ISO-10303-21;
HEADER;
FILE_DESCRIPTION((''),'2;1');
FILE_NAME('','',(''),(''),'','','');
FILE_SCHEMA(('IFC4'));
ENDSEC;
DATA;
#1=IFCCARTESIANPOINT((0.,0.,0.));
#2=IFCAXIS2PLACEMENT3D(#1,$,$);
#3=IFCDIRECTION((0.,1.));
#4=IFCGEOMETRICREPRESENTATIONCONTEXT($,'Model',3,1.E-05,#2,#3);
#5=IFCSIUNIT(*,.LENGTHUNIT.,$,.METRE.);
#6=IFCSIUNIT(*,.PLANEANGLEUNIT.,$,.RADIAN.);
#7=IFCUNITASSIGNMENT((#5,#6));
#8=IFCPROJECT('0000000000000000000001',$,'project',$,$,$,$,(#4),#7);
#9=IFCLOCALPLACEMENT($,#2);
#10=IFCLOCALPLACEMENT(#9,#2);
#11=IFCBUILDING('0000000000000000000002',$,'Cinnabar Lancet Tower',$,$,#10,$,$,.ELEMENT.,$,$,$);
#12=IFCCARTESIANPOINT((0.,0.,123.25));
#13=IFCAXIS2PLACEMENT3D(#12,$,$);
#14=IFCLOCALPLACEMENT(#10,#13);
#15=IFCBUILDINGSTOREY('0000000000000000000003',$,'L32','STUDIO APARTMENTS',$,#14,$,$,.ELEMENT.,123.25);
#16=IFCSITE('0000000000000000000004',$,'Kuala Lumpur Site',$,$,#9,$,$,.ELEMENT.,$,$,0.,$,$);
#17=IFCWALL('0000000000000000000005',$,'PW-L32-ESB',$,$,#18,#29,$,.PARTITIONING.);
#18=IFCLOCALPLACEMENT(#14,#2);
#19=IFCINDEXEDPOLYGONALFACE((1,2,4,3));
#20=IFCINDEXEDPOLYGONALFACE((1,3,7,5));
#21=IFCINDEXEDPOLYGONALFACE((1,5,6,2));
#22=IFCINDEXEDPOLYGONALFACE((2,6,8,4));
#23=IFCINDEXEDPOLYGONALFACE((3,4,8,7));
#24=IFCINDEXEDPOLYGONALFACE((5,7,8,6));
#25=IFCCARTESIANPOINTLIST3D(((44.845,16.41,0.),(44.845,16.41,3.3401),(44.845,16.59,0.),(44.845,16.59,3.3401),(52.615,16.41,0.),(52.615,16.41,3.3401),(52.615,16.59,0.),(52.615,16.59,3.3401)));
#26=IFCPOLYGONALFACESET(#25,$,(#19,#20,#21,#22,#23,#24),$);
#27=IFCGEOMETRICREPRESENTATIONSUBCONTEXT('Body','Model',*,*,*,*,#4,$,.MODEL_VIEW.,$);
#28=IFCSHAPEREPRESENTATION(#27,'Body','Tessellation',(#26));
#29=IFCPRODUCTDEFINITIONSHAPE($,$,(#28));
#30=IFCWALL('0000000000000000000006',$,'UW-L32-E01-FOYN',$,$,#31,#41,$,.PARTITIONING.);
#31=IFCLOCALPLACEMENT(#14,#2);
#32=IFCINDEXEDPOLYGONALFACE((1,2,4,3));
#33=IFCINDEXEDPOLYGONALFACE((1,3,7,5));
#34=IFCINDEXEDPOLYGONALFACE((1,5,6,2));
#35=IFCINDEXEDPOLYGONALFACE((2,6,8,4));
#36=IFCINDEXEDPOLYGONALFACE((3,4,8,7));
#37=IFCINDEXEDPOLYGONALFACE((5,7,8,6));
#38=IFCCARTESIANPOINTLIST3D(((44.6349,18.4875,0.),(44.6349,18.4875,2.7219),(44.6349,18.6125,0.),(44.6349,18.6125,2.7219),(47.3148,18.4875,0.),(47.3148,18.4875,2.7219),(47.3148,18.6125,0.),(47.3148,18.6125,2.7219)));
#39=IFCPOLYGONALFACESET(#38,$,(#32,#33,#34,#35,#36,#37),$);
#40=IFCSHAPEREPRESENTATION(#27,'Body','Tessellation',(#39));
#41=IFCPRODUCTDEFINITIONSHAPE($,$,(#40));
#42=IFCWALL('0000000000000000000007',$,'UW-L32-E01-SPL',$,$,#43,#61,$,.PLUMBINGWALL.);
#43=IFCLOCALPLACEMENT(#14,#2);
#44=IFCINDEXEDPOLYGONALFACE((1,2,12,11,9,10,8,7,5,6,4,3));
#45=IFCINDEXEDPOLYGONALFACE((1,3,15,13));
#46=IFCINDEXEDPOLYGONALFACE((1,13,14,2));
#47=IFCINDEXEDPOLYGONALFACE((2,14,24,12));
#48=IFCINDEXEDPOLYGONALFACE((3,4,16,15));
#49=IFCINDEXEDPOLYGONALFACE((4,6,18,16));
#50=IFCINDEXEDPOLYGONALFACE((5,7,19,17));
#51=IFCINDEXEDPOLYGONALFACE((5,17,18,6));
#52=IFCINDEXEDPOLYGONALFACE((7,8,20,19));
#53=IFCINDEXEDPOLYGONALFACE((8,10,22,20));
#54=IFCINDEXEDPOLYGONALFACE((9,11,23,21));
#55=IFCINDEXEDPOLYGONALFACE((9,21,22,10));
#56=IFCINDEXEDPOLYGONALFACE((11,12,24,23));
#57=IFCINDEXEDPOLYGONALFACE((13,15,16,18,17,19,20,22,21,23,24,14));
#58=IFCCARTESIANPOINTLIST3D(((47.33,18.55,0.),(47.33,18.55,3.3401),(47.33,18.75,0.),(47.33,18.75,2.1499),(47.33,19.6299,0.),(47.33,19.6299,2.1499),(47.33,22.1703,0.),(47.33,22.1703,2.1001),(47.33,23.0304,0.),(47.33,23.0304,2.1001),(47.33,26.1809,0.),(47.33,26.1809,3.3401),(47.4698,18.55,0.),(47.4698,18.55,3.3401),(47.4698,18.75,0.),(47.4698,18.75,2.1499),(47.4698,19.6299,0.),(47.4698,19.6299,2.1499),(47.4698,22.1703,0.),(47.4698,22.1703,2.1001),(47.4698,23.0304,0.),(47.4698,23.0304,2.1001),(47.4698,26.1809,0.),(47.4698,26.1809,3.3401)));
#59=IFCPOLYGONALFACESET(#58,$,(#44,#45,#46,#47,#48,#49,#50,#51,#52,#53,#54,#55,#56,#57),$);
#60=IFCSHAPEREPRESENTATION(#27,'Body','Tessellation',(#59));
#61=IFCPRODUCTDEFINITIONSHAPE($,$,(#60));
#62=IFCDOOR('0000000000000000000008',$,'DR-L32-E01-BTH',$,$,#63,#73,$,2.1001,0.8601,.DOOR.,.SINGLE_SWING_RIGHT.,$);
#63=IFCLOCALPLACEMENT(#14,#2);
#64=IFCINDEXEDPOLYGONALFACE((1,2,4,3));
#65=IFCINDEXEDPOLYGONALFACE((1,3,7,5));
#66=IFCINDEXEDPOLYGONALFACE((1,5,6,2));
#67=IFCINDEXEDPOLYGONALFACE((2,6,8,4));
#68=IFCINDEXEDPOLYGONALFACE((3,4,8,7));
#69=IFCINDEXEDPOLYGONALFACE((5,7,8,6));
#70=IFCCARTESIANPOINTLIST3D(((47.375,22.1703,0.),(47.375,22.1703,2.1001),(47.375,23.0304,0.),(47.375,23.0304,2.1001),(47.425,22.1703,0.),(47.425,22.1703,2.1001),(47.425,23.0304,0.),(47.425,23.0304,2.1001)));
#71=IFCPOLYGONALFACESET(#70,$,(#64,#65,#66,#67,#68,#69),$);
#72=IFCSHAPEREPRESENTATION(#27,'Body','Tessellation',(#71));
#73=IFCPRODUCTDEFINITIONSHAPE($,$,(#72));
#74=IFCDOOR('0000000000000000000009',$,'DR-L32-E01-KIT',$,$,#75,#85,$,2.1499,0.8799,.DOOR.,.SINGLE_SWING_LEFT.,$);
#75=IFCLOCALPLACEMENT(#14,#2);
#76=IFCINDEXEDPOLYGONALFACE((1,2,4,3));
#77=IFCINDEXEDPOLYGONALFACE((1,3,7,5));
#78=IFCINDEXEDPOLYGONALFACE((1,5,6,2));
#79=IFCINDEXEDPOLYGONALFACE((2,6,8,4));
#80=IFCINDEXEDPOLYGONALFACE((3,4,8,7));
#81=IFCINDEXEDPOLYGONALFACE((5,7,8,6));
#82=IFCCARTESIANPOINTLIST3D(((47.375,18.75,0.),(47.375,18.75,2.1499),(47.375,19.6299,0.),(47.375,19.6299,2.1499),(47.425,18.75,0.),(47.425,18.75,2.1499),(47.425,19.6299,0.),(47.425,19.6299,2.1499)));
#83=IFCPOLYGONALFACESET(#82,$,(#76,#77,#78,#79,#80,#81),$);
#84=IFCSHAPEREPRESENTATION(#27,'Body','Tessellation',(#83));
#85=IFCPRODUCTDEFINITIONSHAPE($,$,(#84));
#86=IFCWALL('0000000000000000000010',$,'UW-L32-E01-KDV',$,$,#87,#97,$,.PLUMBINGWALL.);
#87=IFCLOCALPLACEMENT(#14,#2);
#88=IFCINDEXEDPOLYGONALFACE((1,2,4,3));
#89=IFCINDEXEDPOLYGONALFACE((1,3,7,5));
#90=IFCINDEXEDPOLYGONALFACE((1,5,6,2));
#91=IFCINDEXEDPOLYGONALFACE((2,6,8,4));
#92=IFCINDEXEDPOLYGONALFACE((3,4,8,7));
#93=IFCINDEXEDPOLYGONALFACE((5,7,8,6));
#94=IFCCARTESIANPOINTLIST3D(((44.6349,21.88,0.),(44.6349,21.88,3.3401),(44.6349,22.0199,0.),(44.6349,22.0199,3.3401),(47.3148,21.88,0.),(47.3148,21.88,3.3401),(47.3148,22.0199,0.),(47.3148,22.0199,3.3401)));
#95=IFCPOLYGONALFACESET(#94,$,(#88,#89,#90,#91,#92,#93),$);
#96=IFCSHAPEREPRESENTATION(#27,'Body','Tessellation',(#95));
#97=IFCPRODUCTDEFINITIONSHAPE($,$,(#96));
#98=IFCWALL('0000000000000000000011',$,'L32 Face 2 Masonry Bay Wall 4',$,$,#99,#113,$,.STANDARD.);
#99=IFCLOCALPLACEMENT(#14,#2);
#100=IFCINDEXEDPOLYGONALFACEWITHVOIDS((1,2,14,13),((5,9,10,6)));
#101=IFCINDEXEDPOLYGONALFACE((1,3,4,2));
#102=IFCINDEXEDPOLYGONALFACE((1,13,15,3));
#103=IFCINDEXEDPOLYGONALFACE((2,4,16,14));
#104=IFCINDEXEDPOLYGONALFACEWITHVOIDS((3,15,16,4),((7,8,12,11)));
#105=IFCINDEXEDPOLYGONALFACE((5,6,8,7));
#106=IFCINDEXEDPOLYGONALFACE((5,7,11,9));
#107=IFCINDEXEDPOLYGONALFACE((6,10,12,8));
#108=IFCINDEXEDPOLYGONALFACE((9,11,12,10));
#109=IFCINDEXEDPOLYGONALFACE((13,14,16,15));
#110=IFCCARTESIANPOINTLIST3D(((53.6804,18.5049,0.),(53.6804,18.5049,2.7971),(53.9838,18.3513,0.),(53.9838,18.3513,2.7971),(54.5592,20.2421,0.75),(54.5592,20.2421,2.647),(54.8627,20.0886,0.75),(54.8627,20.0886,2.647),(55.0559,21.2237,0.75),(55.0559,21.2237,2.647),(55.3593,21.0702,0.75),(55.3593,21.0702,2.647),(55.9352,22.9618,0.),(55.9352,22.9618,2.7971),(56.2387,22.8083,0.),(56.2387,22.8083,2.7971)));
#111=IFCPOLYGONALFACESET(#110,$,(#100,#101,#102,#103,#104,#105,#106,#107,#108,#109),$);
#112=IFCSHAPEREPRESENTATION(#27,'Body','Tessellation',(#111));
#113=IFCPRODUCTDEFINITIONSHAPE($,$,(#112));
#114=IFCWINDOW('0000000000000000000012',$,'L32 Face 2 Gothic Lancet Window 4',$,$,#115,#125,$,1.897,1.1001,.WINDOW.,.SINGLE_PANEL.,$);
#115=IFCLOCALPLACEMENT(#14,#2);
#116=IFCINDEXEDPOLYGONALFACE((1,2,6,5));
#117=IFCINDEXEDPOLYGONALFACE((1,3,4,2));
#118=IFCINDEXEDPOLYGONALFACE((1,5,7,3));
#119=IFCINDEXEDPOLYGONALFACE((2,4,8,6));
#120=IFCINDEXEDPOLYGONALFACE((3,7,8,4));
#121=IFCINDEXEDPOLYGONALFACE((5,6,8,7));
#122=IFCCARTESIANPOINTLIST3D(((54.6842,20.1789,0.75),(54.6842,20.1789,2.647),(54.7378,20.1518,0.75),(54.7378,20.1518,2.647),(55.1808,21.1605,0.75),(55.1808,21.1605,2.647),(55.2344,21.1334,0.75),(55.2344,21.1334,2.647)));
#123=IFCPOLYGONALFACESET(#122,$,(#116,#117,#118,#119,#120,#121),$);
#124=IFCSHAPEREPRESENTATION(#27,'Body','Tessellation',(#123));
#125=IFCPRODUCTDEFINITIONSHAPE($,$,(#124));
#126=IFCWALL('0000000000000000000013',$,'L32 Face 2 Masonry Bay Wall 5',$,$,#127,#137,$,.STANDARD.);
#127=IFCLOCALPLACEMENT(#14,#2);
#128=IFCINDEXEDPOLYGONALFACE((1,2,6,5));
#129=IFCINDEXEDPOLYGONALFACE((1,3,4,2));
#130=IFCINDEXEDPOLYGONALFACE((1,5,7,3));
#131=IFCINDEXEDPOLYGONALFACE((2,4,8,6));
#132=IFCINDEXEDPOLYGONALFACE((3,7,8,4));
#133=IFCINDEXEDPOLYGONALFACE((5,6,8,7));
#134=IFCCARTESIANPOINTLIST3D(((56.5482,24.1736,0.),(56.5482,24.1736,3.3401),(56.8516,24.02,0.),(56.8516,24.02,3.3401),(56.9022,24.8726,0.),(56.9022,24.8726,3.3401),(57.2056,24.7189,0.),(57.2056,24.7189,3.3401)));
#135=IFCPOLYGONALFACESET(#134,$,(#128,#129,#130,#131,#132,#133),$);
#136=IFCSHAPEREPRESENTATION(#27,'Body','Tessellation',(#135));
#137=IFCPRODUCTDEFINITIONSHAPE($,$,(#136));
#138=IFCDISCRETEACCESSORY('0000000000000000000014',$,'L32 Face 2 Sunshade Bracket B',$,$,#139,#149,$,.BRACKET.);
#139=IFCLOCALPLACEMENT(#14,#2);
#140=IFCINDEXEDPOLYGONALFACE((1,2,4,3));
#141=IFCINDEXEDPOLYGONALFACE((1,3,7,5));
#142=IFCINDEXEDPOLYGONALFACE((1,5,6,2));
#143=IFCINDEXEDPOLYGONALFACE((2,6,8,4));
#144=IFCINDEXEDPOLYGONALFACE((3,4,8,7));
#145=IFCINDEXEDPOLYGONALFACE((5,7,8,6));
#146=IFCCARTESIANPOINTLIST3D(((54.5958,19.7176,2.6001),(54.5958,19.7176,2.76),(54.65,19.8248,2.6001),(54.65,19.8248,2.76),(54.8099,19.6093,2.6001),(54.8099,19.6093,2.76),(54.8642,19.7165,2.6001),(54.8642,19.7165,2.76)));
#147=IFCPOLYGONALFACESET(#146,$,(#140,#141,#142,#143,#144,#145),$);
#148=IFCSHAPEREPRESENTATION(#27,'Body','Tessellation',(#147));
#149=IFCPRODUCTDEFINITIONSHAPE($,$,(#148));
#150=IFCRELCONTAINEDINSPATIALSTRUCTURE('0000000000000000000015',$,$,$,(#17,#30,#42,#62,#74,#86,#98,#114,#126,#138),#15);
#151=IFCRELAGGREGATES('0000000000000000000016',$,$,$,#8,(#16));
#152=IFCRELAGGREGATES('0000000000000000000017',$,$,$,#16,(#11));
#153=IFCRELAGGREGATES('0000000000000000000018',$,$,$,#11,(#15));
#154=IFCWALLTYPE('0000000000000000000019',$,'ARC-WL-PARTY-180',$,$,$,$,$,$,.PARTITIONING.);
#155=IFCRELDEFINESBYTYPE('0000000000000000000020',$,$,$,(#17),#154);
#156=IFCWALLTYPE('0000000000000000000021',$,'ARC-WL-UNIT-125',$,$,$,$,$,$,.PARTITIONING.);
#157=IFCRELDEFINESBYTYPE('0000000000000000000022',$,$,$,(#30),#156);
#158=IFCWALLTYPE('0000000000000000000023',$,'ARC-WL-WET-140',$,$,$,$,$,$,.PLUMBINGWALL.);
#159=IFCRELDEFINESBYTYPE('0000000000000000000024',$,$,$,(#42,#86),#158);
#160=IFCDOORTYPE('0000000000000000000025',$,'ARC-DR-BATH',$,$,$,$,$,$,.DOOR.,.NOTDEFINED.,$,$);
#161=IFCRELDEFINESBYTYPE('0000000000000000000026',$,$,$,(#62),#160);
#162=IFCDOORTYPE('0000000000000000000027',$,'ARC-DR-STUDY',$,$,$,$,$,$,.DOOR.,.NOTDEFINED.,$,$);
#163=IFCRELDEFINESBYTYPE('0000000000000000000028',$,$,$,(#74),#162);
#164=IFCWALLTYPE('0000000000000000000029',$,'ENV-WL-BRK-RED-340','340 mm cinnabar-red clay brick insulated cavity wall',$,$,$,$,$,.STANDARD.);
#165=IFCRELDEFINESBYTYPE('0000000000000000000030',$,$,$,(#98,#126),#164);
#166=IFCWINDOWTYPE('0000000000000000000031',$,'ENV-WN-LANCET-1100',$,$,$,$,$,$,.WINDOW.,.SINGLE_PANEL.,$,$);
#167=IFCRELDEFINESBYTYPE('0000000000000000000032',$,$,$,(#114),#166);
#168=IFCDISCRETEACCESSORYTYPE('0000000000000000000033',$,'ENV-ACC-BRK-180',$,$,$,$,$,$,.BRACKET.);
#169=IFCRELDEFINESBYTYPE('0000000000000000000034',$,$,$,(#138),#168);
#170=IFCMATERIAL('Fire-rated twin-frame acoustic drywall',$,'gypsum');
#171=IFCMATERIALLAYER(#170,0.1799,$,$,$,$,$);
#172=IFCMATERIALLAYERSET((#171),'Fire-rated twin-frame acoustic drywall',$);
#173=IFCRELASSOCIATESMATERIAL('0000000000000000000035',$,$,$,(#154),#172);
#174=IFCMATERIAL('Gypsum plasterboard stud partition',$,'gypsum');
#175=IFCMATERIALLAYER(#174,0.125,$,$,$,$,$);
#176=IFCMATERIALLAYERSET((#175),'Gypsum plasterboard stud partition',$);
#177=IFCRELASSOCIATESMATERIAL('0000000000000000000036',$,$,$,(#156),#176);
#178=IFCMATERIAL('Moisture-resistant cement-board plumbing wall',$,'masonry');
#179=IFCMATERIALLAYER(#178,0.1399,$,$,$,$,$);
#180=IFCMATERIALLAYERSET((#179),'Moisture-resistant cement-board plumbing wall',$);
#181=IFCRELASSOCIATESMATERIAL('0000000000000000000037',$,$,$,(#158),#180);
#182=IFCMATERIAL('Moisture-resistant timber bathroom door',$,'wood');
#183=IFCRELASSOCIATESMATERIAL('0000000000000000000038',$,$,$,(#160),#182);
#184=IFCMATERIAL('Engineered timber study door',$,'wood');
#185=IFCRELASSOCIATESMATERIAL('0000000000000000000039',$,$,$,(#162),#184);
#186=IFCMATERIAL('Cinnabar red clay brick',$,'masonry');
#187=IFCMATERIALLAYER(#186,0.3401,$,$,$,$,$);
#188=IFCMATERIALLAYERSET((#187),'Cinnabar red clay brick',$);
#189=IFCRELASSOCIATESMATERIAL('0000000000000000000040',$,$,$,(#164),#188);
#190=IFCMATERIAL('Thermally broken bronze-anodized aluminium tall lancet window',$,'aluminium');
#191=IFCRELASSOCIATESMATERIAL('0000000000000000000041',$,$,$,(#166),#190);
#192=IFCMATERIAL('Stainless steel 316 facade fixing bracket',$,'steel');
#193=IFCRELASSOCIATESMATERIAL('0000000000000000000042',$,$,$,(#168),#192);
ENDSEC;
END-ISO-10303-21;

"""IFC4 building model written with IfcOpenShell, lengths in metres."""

from ifc_helpers import new_model, si_unit, direction, frame, frame_2d, origin, origin_2d, place, context, subcontext, project, spatial, rectangle, extrude, material, layer, layer_set, type_object, element, fill, save


model = new_model("IFC4")

# Units and contexts
model_context = context("Model", 3, precision=1e-05, world=origin(), true_north=direction((0.0, 1.0)))
body_context = subcontext(model_context, "Body", "Model", "MODEL_VIEW")
ifc_project = project(units=[si_unit("LENGTHUNIT", "METRE"), si_unit("PLANEANGLEUNIT", "RADIAN")], contexts=[model_context])

# Site, building, storey
site_placement = place(None, origin())
site = spatial("IfcSite", under=ifc_project, at=site_placement, Name="Kuala Lumpur Site", CompositionType="ELEMENT", RefElevation=0.0)
building_placement = place(site_placement, origin())
building = spatial("IfcBuilding", under=site, at=building_placement, Name="Cinnabar Lancet Tower", CompositionType="ELEMENT")
storey_placement = place(building_placement, frame((0.0, 0.0, 123.25)))
storey = spatial("IfcBuildingStorey", under=building, at=storey_placement, Name="L32", Description="STUDIO APARTMENTS", CompositionType="ELEMENT", Elevation=123.25)

# Walls
ifc_material_1 = material(Name="Fire-rated twin-frame acoustic drywall", Category="gypsum")
ifc_layer_1 = layer(ifc_material_1, 0.1799)
ifc_layer_set_1 = layer_set([ifc_layer_1], Name="Fire-rated twin-frame acoustic drywall")
wall_type_1 = type_object("IfcWallType", Name="ARC-WL-PARTY-180", PredefinedType="PARTITIONING", material=ifc_layer_set_1)
wall_1_placement = place(storey_placement, frame((44.845, 16.5, 0.0), z_axis=(0.0, 0.0, 1.0), x_axis=(1.0, 0.0, 0.0)))
element("IfcWall", 1, at=wall_1_placement, inside=storey, type_object=wall_type_1, Name="PW-L32-ESB", PredefinedType="PARTITIONING", context=body_context, shape_type="SweptSolid", body=[
    extrude(rectangle(XDim=7.77, YDim=0.1799, at=frame_2d((3.885, 0.0))), origin(), (0.0, 0.0, 1.0), 3.3401),
])
ifc_material_2 = material(Name="Gypsum plasterboard stud partition", Category="gypsum")
ifc_layer_2 = layer(ifc_material_2, 0.125)
ifc_layer_set_2 = layer_set([ifc_layer_2], Name="Gypsum plasterboard stud partition")
wall_type_2 = type_object("IfcWallType", Name="ARC-WL-UNIT-125", PredefinedType="PARTITIONING", material=ifc_layer_set_2)
wall_2_placement = place(storey_placement, frame((44.635, 18.55, 0.0), z_axis=(0.0, 0.0, 1.0), x_axis=(1.0, 0.0, 0.0)))
element("IfcWall", 2, at=wall_2_placement, inside=storey, type_object=wall_type_2, Name="UW-L32-E01-FOYN", PredefinedType="PARTITIONING", context=body_context, shape_type="SweptSolid", body=[
    extrude(rectangle(XDim=2.6799, YDim=0.125, at=frame_2d((1.3398, 0.0))), origin(), (0.0, 0.0, 1.0), 2.7219),
])

# Wall, openings, doors
ifc_material_3 = material(Name="Moisture-resistant cement-board plumbing wall", Category="masonry")
ifc_layer_3 = layer(ifc_material_3, 0.1399)
ifc_layer_set_3 = layer_set([ifc_layer_3], Name="Moisture-resistant cement-board plumbing wall")
wall_type_3 = type_object("IfcWallType", Name="ARC-WL-WET-140", PredefinedType="PLUMBINGWALL", material=ifc_layer_set_3)
wall_3_placement = place(storey_placement, frame((47.3999, 18.55, 0.0), z_axis=(0.0, 0.0, 1.0), x_axis=(0.0, 1.0, 0.0)))
wall_3 = element("IfcWall", 3, at=wall_3_placement, inside=storey, type_object=wall_type_3, Name="UW-L32-E01-SPL", PredefinedType="PLUMBINGWALL", context=body_context, shape_type="SweptSolid", body=[
    extrude(rectangle(XDim=7.6309, YDim=0.1399, at=frame_2d((3.8154, 0.0))), origin(), (0.0, 0.0, 1.0), 3.3401),
])
opening_1_placement = place(wall_3_placement, frame((3.6201, 0.0, 0.0)))
opening_1 = element("IfcOpeningElement", 4, at=opening_1_placement, cuts=wall_3, PredefinedType="OPENING", context=body_context, shape_type="SweptSolid", body=[
    extrude(rectangle(XDim=0.8601, YDim=2.1001, at=frame_2d((0.4302, 1.05))), frame((0.0, 0.0798, 0.0), z_axis=(0.0, -1.0, 0.0), x_axis=(1.0, 0.0, 0.0)), (0.0, 0.0, 1.0), 0.1599),
])
opening_2_placement = place(wall_3_placement, frame((0.2, 0.0, 0.0)))
opening_2 = element("IfcOpeningElement", 5, at=opening_2_placement, cuts=wall_3, PredefinedType="OPENING", context=body_context, shape_type="SweptSolid", body=[
    extrude(rectangle(XDim=0.8799, YDim=2.1499, at=frame_2d((0.4399, 1.075))), frame((0.0, 0.0798, 0.0), z_axis=(0.0, -1.0, 0.0), x_axis=(1.0, 0.0, 0.0)), (0.0, 0.0, 1.0), 0.1599),
])
ifc_material_4 = material(Name="Moisture-resistant timber bathroom door", Category="wood")
door_type_1 = type_object("IfcDoorType", Name="ARC-DR-BATH", OperationType="NOTDEFINED", PredefinedType="DOOR", material=ifc_material_4)
door_1_placement = place(opening_1_placement, origin())
door_1 = element("IfcDoor", 6, at=door_1_placement, inside=storey, type_object=door_type_1, Name="DR-L32-E01-BTH", OperationType="SINGLE_SWING_RIGHT", OverallHeight=2.1001, OverallWidth=0.8601, PredefinedType="DOOR", context=body_context, shape_type="SweptSolid", body=[
    extrude(rectangle(XDim=0.8601, YDim=2.1001, at=frame_2d((0.4302, 1.05))), frame((0.0, 0.0249, 0.0), z_axis=(0.0, -1.0, 0.0), x_axis=(1.0, 0.0, 0.0)), (0.0, 0.0, 1.0), 0.05),
])
fill(opening_1, door_1)
ifc_material_5 = material(Name="Engineered timber study door", Category="wood")
door_type_2 = type_object("IfcDoorType", Name="ARC-DR-STUDY", OperationType="NOTDEFINED", PredefinedType="DOOR", material=ifc_material_5)
door_2_placement = place(opening_2_placement, origin())
door_2 = element("IfcDoor", 7, at=door_2_placement, inside=storey, type_object=door_type_2, Name="DR-L32-E01-KIT", OperationType="SINGLE_SWING_LEFT", OverallHeight=2.1499, OverallWidth=0.8799, PredefinedType="DOOR", context=body_context, shape_type="SweptSolid", body=[
    extrude(rectangle(XDim=0.8799, YDim=2.1499, at=frame_2d((0.4399, 1.075))), frame((0.0, 0.0249, 0.0), z_axis=(0.0, -1.0, 0.0), x_axis=(1.0, 0.0, 0.0)), (0.0, 0.0, 1.0), 0.05),
])
fill(opening_2, door_2)

# Wall
wall_4_placement = place(storey_placement, frame((44.635, 21.95, 0.0), z_axis=(0.0, 0.0, 1.0), x_axis=(1.0, 0.0, 0.0)))
element("IfcWall", 8, at=wall_4_placement, inside=storey, type_object=wall_type_3, Name="UW-L32-E01-KDV", PredefinedType="PLUMBINGWALL", context=body_context, shape_type="SweptSolid", body=[
    extrude(rectangle(XDim=2.6799, YDim=0.1399, at=frame_2d((1.3398, 0.0))), origin(), (0.0, 0.0, 1.0), 3.3401),
])

# Wall, opening, window
ifc_material_6 = material(Name="Cinnabar red clay brick", Category="masonry")
ifc_layer_4 = layer(ifc_material_6, 0.3401)
ifc_layer_set_4 = layer_set([ifc_layer_4], Name="Cinnabar red clay brick")
wall_type_4 = type_object("IfcWallType", Name="ENV-WL-BRK-RED-340", Description="340 mm cinnabar-red clay brick insulated cavity wall", PredefinedType="STANDARD", material=ifc_layer_set_4)
wall_5_placement = place(storey_placement, frame((53.832, 18.428, 0.0), z_axis=(0.0, 0.0, 1.0), x_axis=(0.451432, 0.892306, 0.0)))
wall_5 = element("IfcWall", 9, at=wall_5_placement, inside=storey, type_object=wall_type_4, Name="L32 Face 2 Masonry Bay Wall 4", PredefinedType="STANDARD", context=body_context, shape_type="SweptSolid", body=[
    extrude(rectangle(XDim=4.9949, YDim=0.3401, at=frame_2d((2.4976, 0.0))), origin(), (0.0, 0.0, 1.0), 2.7971),
])
opening_3_placement = place(wall_5_placement, frame((1.947, 0.0, 0.75)))
opening_3 = element("IfcOpeningElement", 10, at=opening_3_placement, cuts=wall_5, PredefinedType="OPENING", context=body_context, shape_type="SweptSolid", body=[
    extrude(rectangle(XDim=1.1001, YDim=1.897, at=frame_2d((0.55, 0.9485))), frame((0.0, 0.1799, 0.0), z_axis=(0.0, -1.0, 0.0), x_axis=(1.0, 0.0, 0.0)), (0.0, 0.0, 1.0), 0.3601),
])
ifc_material_7 = material(Name="Thermally broken bronze-anodized aluminium tall lancet window", Category="aluminium")
window_type = type_object("IfcWindowType", Name="ENV-WN-LANCET-1100", PartitioningType="SINGLE_PANEL", PredefinedType="WINDOW", material=ifc_material_7)
window_placement = place(opening_3_placement, origin())
window = element("IfcWindow", 11, at=window_placement, inside=storey, type_object=window_type, Name="L32 Face 2 Gothic Lancet Window 4", OverallHeight=1.897, OverallWidth=1.1001, PartitioningType="SINGLE_PANEL", PredefinedType="WINDOW", context=body_context, shape_type="SweptSolid", body=[
    extrude(rectangle(XDim=1.1001, YDim=1.897, at=frame_2d((0.55, 0.9485))), frame((0.0, 0.03, 0.0), z_axis=(0.0, -1.0, 0.0), x_axis=(1.0, 0.0, 0.0)), (0.0, 0.0, 1.0), 0.0601),
])
fill(opening_3, window)

# Wall
wall_6_placement = place(storey_placement, frame((56.7, 24.0969, 0.0), z_axis=(0.0, 0.0, 1.0), x_axis=(0.451819, 0.892109, 0.0)))
element("IfcWall", 12, at=wall_6_placement, inside=storey, type_object=wall_type_4, Name="L32 Face 2 Masonry Bay Wall 5", PredefinedType="STANDARD", context=body_context, shape_type="SweptSolid", body=[
    extrude(rectangle(XDim=0.7834, YDim=0.3401, at=frame_2d((0.3916, 0.0))), origin(), (0.0, 0.0, 1.0), 3.3401),
])

# Discrete accessory
ifc_material_8 = material(Name="Stainless steel 316 facade fixing bracket", Category="steel")
discrete_accessory_type = type_object("IfcDiscreteAccessoryType", Name="ENV-ACC-BRK-180", PredefinedType="BRACKET", material=ifc_material_8)
discrete_accessory_placement = place(storey_placement, frame((54.73, 19.717, 2.6001), z_axis=(0.0, 0.0, 1.0), x_axis=(0.451454, 0.892294, 0.0)))
element("IfcDiscreteAccessory", 13, at=discrete_accessory_placement, inside=storey, type_object=discrete_accessory_type, Name="L32 Face 2 Sunshade Bracket B", PredefinedType="BRACKET", context=body_context, shape_type="SweptSolid", body=[
    extrude(rectangle(XDim=0.1201, YDim=0.24, at=origin_2d()), origin(), (0.0, 0.0, 1.0), 0.1599),
])

save(model, "model.ifc")
